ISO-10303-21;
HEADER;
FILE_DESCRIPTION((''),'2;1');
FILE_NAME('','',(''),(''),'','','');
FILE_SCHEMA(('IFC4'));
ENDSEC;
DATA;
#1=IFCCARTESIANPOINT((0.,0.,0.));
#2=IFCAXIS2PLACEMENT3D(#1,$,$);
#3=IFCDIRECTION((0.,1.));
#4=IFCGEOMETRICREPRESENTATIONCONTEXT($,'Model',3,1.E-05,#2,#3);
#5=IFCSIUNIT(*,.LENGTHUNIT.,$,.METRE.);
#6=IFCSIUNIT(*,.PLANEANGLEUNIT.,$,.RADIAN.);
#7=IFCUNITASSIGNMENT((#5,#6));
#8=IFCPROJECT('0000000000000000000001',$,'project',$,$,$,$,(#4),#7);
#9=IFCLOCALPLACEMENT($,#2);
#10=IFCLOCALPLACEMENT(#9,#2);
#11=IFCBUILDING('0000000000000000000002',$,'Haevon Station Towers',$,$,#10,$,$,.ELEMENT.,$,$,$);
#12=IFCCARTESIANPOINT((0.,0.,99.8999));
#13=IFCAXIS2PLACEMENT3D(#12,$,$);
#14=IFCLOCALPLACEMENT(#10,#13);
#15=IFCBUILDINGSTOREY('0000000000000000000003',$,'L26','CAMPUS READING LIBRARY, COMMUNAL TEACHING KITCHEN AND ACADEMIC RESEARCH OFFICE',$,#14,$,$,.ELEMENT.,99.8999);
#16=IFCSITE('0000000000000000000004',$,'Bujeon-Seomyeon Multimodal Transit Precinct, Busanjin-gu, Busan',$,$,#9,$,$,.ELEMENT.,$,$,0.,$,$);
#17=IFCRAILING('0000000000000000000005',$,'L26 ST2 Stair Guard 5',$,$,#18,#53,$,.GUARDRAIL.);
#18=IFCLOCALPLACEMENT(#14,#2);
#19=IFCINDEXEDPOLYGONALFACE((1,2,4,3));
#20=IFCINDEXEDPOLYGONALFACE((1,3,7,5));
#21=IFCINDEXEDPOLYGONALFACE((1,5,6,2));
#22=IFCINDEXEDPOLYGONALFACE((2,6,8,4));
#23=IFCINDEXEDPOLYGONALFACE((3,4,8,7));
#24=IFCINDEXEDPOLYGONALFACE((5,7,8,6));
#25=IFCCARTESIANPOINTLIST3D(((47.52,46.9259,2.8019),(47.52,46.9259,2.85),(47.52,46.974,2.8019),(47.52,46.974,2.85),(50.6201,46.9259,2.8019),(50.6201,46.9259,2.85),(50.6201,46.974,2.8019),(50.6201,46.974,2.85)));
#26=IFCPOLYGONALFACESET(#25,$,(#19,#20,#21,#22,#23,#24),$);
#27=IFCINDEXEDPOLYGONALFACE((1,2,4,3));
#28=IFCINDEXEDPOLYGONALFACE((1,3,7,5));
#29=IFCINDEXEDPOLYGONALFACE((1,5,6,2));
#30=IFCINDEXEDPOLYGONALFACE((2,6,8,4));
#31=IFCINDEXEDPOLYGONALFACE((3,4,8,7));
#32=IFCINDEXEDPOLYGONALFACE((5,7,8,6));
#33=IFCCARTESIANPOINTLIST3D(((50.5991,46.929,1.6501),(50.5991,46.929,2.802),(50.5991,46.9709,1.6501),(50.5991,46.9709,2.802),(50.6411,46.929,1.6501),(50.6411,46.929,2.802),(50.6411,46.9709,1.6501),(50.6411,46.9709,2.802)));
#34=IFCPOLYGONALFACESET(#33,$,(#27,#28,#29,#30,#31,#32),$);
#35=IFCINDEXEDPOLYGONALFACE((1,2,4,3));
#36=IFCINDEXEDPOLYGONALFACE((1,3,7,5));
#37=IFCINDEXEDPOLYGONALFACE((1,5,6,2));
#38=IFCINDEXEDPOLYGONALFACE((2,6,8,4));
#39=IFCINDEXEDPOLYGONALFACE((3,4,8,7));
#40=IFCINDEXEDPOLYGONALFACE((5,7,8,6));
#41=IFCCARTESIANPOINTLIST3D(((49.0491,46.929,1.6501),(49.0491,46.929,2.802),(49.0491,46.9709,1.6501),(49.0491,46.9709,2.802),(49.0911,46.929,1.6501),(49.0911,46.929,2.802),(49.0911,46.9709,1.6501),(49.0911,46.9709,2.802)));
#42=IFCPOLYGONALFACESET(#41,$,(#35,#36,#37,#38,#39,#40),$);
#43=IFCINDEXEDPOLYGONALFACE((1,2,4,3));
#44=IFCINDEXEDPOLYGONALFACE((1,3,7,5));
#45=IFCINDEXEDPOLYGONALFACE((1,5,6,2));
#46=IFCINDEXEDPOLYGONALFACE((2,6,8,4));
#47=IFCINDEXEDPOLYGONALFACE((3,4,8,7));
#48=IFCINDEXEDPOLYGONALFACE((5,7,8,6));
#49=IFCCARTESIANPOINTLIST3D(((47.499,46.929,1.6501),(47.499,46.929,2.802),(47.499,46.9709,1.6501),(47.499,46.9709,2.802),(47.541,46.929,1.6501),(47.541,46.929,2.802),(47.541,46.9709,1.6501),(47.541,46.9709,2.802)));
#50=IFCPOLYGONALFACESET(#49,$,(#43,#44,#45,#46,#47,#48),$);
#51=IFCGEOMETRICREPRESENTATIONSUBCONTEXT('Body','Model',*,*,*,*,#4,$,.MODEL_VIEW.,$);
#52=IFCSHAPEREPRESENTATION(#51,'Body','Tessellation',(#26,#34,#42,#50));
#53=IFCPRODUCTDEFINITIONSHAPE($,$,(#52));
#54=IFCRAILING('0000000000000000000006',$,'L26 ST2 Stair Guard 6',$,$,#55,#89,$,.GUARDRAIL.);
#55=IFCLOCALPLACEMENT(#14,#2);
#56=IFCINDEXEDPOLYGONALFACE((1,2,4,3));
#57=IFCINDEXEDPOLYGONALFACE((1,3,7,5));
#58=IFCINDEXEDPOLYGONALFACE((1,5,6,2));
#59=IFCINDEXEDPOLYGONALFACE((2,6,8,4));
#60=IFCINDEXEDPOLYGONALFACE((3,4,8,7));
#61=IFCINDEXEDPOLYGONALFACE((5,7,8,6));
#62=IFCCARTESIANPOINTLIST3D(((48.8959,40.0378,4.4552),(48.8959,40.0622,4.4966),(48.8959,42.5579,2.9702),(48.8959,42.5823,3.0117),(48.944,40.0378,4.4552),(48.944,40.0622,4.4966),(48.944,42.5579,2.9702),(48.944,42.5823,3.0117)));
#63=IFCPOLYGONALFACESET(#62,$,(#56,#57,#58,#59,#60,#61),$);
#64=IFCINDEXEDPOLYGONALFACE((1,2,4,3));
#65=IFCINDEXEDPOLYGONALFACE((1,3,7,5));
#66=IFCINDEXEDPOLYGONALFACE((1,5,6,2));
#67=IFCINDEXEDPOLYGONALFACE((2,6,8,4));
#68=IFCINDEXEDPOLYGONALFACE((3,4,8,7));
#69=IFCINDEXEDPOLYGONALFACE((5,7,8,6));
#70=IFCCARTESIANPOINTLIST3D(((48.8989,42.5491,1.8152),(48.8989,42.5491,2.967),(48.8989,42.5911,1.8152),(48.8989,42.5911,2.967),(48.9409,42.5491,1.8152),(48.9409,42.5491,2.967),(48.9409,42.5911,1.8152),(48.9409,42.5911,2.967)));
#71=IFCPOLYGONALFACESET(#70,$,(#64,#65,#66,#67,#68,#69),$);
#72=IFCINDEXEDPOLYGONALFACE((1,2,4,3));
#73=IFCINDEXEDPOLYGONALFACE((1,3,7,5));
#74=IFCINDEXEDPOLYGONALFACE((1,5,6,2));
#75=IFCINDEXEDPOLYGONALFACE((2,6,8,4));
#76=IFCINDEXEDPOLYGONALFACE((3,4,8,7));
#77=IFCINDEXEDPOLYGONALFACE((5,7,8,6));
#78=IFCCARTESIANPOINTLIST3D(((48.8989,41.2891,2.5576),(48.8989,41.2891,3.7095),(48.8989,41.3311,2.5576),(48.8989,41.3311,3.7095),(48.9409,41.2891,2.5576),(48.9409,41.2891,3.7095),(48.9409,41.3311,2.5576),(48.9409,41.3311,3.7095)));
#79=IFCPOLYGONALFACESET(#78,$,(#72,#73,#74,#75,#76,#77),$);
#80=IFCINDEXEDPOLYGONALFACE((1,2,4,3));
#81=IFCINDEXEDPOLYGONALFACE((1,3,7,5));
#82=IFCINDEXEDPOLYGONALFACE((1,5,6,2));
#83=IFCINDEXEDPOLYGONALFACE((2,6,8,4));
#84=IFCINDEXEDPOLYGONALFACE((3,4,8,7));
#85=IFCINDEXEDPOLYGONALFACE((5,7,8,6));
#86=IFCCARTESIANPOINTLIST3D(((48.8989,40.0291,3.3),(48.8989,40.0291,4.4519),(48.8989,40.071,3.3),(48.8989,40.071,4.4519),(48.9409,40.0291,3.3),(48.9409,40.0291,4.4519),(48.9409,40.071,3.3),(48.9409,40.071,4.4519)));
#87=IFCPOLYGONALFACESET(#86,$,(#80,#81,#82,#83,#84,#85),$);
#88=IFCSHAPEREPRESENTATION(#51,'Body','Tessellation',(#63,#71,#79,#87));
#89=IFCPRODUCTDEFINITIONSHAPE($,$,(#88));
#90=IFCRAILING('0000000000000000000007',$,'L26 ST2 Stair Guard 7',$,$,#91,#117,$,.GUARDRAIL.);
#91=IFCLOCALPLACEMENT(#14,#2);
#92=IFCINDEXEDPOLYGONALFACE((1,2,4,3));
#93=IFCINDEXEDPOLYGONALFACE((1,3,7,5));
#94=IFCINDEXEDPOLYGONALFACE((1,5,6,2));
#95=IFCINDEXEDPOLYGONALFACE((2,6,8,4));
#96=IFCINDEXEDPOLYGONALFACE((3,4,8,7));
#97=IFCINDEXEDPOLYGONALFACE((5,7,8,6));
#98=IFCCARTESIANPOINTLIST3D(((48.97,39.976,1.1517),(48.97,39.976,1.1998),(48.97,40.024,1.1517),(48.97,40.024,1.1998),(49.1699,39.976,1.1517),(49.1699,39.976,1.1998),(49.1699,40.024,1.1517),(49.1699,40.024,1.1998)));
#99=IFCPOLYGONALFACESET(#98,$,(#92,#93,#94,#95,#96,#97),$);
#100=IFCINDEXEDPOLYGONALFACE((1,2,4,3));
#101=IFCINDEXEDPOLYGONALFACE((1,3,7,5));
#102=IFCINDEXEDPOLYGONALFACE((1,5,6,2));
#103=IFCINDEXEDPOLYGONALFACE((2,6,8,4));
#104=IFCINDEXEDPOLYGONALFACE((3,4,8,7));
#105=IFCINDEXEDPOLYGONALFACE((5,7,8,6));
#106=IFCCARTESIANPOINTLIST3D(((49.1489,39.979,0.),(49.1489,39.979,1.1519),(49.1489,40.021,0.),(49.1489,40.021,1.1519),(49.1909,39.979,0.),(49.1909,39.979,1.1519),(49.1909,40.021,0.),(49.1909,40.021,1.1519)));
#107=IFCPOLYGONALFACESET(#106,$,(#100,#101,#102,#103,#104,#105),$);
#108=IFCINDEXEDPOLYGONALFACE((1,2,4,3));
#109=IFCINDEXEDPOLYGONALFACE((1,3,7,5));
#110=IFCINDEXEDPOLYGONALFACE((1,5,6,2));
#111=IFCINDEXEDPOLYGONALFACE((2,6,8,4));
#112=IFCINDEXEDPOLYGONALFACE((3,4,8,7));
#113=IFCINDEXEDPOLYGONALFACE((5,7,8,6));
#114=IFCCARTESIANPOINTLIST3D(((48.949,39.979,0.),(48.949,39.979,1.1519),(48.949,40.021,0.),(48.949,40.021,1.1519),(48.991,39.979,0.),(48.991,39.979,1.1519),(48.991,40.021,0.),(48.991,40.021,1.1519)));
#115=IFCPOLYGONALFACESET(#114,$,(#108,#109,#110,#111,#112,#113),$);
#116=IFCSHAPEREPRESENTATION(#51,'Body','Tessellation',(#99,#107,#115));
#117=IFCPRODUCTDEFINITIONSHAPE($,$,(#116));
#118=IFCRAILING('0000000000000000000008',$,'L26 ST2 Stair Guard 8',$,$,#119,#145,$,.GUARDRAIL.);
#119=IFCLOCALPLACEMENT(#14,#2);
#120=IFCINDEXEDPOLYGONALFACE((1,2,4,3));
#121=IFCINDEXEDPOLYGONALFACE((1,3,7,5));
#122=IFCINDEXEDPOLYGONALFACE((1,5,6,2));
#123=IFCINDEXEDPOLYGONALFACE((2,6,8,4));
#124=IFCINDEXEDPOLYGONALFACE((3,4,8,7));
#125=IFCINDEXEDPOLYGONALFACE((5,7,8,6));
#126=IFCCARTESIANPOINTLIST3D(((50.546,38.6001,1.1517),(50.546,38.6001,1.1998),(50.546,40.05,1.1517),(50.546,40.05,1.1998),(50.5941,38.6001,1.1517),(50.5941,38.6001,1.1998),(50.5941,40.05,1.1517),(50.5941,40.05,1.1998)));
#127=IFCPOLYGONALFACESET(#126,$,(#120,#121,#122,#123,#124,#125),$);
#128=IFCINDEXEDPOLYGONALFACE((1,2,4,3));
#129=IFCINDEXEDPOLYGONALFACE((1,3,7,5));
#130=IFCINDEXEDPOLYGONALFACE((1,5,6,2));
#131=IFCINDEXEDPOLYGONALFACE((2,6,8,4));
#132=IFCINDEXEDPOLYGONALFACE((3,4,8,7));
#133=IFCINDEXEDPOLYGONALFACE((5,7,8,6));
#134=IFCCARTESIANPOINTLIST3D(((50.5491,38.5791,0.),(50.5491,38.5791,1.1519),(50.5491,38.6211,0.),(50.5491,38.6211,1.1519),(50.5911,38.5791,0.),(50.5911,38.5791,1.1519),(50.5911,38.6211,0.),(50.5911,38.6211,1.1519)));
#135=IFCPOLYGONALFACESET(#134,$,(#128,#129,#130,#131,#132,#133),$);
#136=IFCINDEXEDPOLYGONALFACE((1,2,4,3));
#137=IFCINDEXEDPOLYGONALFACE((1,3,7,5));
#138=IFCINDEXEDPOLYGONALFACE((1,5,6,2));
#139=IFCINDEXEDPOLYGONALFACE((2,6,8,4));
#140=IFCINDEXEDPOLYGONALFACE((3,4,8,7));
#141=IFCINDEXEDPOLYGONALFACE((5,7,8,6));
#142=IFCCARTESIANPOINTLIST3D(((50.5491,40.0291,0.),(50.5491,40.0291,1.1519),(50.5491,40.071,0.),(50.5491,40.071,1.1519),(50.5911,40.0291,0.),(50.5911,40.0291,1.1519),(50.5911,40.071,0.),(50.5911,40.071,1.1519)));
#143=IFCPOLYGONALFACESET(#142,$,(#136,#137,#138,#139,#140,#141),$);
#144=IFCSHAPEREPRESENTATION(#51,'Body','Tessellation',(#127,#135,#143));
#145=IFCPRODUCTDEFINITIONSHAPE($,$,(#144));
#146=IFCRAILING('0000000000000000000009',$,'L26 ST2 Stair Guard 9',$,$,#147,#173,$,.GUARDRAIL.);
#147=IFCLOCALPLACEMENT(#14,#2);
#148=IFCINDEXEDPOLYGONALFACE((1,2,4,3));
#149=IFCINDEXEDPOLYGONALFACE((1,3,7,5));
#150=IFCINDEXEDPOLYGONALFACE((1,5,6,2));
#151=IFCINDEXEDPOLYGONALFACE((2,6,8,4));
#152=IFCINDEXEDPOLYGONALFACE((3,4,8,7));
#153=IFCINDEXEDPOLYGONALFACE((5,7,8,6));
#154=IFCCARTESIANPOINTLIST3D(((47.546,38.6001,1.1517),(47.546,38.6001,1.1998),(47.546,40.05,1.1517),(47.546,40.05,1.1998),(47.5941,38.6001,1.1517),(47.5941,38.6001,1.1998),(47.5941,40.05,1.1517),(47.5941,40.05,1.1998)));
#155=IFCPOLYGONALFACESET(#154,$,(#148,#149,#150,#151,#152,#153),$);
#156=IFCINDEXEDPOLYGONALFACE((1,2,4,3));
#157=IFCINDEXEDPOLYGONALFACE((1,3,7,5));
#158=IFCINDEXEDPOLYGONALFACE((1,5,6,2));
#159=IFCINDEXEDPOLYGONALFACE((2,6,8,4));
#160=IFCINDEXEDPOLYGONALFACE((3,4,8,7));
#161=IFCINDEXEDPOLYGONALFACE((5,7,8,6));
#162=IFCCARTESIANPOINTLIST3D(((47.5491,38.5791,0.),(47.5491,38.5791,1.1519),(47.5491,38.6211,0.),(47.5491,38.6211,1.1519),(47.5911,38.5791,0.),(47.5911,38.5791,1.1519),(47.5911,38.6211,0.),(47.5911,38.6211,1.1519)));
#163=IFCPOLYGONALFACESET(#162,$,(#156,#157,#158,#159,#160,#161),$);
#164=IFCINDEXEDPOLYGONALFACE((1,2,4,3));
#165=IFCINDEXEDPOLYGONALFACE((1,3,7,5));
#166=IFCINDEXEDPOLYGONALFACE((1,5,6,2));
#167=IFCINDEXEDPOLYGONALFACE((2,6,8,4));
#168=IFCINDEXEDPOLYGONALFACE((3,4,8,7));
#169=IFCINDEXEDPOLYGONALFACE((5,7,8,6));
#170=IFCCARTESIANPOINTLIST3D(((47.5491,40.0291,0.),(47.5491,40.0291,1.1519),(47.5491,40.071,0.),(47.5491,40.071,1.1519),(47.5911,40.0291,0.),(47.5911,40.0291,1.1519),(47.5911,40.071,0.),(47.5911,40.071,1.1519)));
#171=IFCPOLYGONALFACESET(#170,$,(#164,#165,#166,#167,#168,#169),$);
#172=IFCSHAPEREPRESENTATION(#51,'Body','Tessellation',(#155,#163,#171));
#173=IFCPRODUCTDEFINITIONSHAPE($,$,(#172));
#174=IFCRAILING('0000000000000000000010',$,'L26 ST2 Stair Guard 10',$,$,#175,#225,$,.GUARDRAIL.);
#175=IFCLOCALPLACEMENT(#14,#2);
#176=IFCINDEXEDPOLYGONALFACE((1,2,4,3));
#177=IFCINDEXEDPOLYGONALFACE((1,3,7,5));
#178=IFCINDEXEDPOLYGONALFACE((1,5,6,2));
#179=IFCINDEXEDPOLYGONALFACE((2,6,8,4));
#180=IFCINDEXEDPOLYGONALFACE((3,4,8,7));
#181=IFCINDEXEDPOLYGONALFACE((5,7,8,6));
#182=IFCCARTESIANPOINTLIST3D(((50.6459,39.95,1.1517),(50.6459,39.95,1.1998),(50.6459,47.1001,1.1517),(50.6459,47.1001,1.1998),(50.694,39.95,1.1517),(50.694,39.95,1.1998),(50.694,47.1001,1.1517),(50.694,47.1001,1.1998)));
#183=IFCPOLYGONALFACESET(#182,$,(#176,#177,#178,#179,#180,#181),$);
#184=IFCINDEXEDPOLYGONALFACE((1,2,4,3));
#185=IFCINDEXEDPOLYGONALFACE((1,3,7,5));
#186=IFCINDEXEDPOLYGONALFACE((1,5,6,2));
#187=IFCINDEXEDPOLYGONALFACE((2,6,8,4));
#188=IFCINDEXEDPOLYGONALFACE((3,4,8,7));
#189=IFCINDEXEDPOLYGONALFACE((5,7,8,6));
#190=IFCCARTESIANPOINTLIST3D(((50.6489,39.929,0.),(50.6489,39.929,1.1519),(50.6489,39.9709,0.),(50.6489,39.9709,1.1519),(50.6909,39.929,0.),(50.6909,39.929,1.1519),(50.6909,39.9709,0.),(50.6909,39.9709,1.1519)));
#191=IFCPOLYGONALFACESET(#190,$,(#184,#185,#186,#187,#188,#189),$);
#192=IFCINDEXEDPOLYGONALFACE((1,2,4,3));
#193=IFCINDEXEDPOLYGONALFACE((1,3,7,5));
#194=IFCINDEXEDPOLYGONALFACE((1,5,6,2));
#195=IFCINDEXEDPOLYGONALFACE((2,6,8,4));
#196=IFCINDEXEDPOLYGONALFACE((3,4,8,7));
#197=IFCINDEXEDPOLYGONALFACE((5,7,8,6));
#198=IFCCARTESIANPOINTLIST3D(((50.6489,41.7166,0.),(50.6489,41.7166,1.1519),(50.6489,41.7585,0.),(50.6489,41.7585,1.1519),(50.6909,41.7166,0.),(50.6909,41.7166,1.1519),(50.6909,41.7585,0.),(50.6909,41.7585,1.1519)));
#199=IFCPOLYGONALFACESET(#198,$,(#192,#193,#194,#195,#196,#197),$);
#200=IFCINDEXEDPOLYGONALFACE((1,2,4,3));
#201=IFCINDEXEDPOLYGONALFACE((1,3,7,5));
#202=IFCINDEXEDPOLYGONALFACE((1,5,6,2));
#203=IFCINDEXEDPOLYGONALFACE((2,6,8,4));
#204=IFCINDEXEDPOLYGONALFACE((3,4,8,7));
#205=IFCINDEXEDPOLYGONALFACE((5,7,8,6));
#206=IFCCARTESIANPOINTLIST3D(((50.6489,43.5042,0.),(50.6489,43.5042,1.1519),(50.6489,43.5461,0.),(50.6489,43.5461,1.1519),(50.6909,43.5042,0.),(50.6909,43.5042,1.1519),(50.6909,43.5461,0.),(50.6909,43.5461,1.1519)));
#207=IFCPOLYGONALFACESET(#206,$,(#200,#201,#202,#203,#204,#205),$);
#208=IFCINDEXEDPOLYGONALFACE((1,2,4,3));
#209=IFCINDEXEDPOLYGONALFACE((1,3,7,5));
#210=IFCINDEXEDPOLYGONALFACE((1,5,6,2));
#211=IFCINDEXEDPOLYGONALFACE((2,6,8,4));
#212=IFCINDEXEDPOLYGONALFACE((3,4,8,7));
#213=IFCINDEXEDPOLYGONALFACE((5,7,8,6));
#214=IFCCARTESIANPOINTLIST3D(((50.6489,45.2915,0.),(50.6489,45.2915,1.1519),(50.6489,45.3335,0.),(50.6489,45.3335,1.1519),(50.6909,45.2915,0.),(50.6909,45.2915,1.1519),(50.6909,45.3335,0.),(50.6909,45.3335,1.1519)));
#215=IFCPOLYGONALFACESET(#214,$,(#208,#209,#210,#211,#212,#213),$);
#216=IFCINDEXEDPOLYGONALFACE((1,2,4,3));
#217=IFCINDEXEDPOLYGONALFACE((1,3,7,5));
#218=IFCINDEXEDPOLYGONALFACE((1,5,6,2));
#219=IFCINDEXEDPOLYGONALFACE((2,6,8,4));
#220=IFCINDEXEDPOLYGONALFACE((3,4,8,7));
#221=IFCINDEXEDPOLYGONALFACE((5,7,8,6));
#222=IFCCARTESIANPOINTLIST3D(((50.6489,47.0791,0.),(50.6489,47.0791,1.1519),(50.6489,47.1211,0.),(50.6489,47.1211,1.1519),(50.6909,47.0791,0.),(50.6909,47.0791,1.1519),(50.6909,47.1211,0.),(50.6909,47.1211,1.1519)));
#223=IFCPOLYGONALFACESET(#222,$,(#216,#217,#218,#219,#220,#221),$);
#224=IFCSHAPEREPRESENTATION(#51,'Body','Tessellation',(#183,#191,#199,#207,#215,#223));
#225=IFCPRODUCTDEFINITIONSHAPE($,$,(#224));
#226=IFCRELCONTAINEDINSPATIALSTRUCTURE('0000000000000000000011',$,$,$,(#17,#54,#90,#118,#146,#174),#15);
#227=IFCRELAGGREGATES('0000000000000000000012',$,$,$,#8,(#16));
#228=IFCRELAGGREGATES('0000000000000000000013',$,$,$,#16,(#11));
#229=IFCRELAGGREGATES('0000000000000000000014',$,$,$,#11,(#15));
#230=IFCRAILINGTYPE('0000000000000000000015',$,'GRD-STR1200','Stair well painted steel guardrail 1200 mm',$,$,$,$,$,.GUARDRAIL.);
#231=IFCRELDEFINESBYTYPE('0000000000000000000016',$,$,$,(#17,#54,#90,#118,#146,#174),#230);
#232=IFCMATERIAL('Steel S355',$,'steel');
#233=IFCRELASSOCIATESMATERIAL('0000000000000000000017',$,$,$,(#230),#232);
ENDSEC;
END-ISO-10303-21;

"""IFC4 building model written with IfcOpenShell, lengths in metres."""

from ifc_helpers import new_model, si_unit, direction, frame, origin, origin_2d, place, context, subcontext, project, spatial, rectangle, extrude, material, type_object, element, save


model = new_model("IFC4")

# Units and contexts
model_context = context("Model", 3, precision=1e-05, world=origin(), true_north=direction((0.0, 1.0)))
body_context = subcontext(model_context, "Body", "Model", "MODEL_VIEW")
ifc_project = project(units=[si_unit("LENGTHUNIT", "METRE"), si_unit("PLANEANGLEUNIT", "RADIAN")], contexts=[model_context])

# Site, building, storey
site_placement = place(None, origin())
site = spatial("IfcSite", under=ifc_project, at=site_placement, Name="Bujeon-Seomyeon Multimodal Transit Precinct, Busanjin-gu, Busan", CompositionType="ELEMENT", RefElevation=0.0)
building_placement = place(site_placement, origin())
building = spatial("IfcBuilding", under=site, at=building_placement, Name="Haevon Station Towers", CompositionType="ELEMENT")
storey_placement = place(building_placement, frame((0.0, 0.0, 99.8999)))
storey = spatial("IfcBuildingStorey", under=building, at=storey_placement, Name="L26", Description="CAMPUS READING LIBRARY, COMMUNAL TEACHING KITCHEN AND ACADEMIC RESEARCH OFFICE", CompositionType="ELEMENT", Elevation=99.8999)

# Shared definitions
ifc_material_1 = material(Name="Steel S355", Category="steel")

# Railings
railing_type_1 = type_object("IfcRailingType", Name="GRD-STR1200", Description="Stair well painted steel guardrail 1200 mm", PredefinedType="GUARDRAIL", material=ifc_material_1)
railing_1_placement = place(storey_placement, frame((50.6201, 46.95, 1.6501)))
element("IfcRailing", 1, at=railing_1_placement, inside=storey, type_object=railing_type_1, Name="L26 ST2 Stair Guard 5", PredefinedType="GUARDRAIL", context=body_context, shape_type="SweptSolid", body=[
    extrude(rectangle(XDim=0.0481, YDim=0.0481, at=origin_2d()), frame((0.0, 0.0, 1.1758), z_axis=(-1.0, 0.0, 0.0), x_axis=(0.0, -1.0, 0.0)), (0.0, 0.0, 1.0), 3.1001),
    extrude(rectangle(XDim=0.042, YDim=0.042, at=origin_2d()), origin(), (0.0, 0.0, 1.0), 1.1519),
    extrude(rectangle(XDim=0.042, YDim=0.042, at=origin_2d()), frame((-1.55, 0.0, 0.0)), (0.0, 0.0, 1.0), 1.1519),
    extrude(rectangle(XDim=0.042, YDim=0.042, at=origin_2d()), frame((-3.1001, 0.0, 0.0)), (0.0, 0.0, 1.0), 1.1519),
])
railing_2_placement = place(storey_placement, frame((48.9199, 42.5701, 1.8152)))
element("IfcRailing", 2, at=railing_2_placement, inside=storey, type_object=railing_type_1, Name="L26 ST2 Stair Guard 6", PredefinedType="GUARDRAIL", context=body_context, shape_type="SweptSolid", body=[
    extrude(rectangle(XDim=0.0481, YDim=0.0481, at=origin_2d()), frame((0.0, 0.0, 1.1758), z_axis=(0.0, -0.861561, 0.507655), x_axis=(1.0, 0.0, 0.0)), (0.0, 0.0, 1.0), 2.925),
    extrude(rectangle(XDim=0.042, YDim=0.042, at=origin_2d()), origin(), (0.0, 0.0, 1.0), 1.1519),
    extrude(rectangle(XDim=0.042, YDim=0.042, at=origin_2d()), frame((0.0, -1.26, 0.7424)), (0.0, 0.0, 1.0), 1.1519),
    extrude(rectangle(XDim=0.042, YDim=0.042, at=origin_2d()), frame((0.0, -2.52, 1.4849)), (0.0, 0.0, 1.0), 1.1519),
])
railing_3_placement = place(storey_placement, frame((49.1699, 40.0, 0.0)))
element("IfcRailing", 3, at=railing_3_placement, inside=storey, type_object=railing_type_1, Name="L26 ST2 Stair Guard 7", PredefinedType="GUARDRAIL", context=body_context, shape_type="SweptSolid", body=[
    extrude(rectangle(XDim=0.0481, YDim=0.0481, at=origin_2d()), frame((0.0, 0.0, 1.1758), z_axis=(-1.0, 0.0, 0.0), x_axis=(0.0, -1.0, 0.0)), (0.0, 0.0, 1.0), 0.2),
    extrude(rectangle(XDim=0.042, YDim=0.042, at=origin_2d()), origin(), (0.0, 0.0, 1.0), 1.1519),
    extrude(rectangle(XDim=0.042, YDim=0.042, at=origin_2d()), frame((-0.2, 0.0, 0.0)), (0.0, 0.0, 1.0), 1.1519),
])
for number, where, name in (
    (4, (50.5701, 38.6001, 0.0), "L26 ST2 Stair Guard 8"),
    (5, (47.5701, 38.6001, 0.0), "L26 ST2 Stair Guard 9"),
):
    element("IfcRailing", number, at=place(storey_placement, frame(where)), inside=storey, type_object=railing_type_1, Name=name, PredefinedType="GUARDRAIL", context=body_context, shape_type="SweptSolid", body=[
        extrude(rectangle(XDim=0.0481, YDim=0.0481, at=origin_2d()), frame((0.0, 0.0, 1.1758), z_axis=(0.0, 1.0, 0.0), x_axis=(-1.0, 0.0, 0.0)), (0.0, 0.0, 1.0), 1.45),
        extrude(rectangle(XDim=0.042, YDim=0.042, at=origin_2d()), origin(), (0.0, 0.0, 1.0), 1.1519),
        extrude(rectangle(XDim=0.042, YDim=0.042, at=origin_2d()), frame((0.0, 1.45, 0.0)), (0.0, 0.0, 1.0), 1.1519),
    ])
for number, where, name in (
    (6, (50.6699, 39.95, 0.0), "L26 ST2 Stair Guard 10"),
):
    element("IfcRailing", number, at=place(storey_placement, frame(where)), inside=storey, type_object=railing_type_1, Name=name, PredefinedType="GUARDRAIL", context=body_context, shape_type="SweptSolid", body=[
        extrude(rectangle(XDim=0.0481, YDim=0.0481, at=origin_2d()), frame((0.0, 0.0, 1.1758), z_axis=(0.0, 1.0, 0.0), x_axis=(-1.0, 0.0, 0.0)), (0.0, 0.0, 1.0), 7.1501),
        extrude(rectangle(XDim=0.042, YDim=0.042, at=origin_2d()), origin(), (0.0, 0.0, 1.0), 1.1519),
        extrude(rectangle(XDim=0.042, YDim=0.042, at=origin_2d()), frame((0.0, 1.7876, 0.0)), (0.0, 0.0, 1.0), 1.1519),
        extrude(rectangle(XDim=0.042, YDim=0.042, at=origin_2d()), frame((0.0, 3.5752, 0.0)), (0.0, 0.0, 1.0), 1.1519),
        extrude(rectangle(XDim=0.042, YDim=0.042, at=origin_2d()), frame((0.0, 5.3625, 0.0)), (0.0, 0.0, 1.0), 1.1519),
        extrude(rectangle(XDim=0.042, YDim=0.042, at=origin_2d()), frame((0.0, 7.1501, 0.0)), (0.0, 0.0, 1.0), 1.1519),
    ])

save(model, "model.ifc")
